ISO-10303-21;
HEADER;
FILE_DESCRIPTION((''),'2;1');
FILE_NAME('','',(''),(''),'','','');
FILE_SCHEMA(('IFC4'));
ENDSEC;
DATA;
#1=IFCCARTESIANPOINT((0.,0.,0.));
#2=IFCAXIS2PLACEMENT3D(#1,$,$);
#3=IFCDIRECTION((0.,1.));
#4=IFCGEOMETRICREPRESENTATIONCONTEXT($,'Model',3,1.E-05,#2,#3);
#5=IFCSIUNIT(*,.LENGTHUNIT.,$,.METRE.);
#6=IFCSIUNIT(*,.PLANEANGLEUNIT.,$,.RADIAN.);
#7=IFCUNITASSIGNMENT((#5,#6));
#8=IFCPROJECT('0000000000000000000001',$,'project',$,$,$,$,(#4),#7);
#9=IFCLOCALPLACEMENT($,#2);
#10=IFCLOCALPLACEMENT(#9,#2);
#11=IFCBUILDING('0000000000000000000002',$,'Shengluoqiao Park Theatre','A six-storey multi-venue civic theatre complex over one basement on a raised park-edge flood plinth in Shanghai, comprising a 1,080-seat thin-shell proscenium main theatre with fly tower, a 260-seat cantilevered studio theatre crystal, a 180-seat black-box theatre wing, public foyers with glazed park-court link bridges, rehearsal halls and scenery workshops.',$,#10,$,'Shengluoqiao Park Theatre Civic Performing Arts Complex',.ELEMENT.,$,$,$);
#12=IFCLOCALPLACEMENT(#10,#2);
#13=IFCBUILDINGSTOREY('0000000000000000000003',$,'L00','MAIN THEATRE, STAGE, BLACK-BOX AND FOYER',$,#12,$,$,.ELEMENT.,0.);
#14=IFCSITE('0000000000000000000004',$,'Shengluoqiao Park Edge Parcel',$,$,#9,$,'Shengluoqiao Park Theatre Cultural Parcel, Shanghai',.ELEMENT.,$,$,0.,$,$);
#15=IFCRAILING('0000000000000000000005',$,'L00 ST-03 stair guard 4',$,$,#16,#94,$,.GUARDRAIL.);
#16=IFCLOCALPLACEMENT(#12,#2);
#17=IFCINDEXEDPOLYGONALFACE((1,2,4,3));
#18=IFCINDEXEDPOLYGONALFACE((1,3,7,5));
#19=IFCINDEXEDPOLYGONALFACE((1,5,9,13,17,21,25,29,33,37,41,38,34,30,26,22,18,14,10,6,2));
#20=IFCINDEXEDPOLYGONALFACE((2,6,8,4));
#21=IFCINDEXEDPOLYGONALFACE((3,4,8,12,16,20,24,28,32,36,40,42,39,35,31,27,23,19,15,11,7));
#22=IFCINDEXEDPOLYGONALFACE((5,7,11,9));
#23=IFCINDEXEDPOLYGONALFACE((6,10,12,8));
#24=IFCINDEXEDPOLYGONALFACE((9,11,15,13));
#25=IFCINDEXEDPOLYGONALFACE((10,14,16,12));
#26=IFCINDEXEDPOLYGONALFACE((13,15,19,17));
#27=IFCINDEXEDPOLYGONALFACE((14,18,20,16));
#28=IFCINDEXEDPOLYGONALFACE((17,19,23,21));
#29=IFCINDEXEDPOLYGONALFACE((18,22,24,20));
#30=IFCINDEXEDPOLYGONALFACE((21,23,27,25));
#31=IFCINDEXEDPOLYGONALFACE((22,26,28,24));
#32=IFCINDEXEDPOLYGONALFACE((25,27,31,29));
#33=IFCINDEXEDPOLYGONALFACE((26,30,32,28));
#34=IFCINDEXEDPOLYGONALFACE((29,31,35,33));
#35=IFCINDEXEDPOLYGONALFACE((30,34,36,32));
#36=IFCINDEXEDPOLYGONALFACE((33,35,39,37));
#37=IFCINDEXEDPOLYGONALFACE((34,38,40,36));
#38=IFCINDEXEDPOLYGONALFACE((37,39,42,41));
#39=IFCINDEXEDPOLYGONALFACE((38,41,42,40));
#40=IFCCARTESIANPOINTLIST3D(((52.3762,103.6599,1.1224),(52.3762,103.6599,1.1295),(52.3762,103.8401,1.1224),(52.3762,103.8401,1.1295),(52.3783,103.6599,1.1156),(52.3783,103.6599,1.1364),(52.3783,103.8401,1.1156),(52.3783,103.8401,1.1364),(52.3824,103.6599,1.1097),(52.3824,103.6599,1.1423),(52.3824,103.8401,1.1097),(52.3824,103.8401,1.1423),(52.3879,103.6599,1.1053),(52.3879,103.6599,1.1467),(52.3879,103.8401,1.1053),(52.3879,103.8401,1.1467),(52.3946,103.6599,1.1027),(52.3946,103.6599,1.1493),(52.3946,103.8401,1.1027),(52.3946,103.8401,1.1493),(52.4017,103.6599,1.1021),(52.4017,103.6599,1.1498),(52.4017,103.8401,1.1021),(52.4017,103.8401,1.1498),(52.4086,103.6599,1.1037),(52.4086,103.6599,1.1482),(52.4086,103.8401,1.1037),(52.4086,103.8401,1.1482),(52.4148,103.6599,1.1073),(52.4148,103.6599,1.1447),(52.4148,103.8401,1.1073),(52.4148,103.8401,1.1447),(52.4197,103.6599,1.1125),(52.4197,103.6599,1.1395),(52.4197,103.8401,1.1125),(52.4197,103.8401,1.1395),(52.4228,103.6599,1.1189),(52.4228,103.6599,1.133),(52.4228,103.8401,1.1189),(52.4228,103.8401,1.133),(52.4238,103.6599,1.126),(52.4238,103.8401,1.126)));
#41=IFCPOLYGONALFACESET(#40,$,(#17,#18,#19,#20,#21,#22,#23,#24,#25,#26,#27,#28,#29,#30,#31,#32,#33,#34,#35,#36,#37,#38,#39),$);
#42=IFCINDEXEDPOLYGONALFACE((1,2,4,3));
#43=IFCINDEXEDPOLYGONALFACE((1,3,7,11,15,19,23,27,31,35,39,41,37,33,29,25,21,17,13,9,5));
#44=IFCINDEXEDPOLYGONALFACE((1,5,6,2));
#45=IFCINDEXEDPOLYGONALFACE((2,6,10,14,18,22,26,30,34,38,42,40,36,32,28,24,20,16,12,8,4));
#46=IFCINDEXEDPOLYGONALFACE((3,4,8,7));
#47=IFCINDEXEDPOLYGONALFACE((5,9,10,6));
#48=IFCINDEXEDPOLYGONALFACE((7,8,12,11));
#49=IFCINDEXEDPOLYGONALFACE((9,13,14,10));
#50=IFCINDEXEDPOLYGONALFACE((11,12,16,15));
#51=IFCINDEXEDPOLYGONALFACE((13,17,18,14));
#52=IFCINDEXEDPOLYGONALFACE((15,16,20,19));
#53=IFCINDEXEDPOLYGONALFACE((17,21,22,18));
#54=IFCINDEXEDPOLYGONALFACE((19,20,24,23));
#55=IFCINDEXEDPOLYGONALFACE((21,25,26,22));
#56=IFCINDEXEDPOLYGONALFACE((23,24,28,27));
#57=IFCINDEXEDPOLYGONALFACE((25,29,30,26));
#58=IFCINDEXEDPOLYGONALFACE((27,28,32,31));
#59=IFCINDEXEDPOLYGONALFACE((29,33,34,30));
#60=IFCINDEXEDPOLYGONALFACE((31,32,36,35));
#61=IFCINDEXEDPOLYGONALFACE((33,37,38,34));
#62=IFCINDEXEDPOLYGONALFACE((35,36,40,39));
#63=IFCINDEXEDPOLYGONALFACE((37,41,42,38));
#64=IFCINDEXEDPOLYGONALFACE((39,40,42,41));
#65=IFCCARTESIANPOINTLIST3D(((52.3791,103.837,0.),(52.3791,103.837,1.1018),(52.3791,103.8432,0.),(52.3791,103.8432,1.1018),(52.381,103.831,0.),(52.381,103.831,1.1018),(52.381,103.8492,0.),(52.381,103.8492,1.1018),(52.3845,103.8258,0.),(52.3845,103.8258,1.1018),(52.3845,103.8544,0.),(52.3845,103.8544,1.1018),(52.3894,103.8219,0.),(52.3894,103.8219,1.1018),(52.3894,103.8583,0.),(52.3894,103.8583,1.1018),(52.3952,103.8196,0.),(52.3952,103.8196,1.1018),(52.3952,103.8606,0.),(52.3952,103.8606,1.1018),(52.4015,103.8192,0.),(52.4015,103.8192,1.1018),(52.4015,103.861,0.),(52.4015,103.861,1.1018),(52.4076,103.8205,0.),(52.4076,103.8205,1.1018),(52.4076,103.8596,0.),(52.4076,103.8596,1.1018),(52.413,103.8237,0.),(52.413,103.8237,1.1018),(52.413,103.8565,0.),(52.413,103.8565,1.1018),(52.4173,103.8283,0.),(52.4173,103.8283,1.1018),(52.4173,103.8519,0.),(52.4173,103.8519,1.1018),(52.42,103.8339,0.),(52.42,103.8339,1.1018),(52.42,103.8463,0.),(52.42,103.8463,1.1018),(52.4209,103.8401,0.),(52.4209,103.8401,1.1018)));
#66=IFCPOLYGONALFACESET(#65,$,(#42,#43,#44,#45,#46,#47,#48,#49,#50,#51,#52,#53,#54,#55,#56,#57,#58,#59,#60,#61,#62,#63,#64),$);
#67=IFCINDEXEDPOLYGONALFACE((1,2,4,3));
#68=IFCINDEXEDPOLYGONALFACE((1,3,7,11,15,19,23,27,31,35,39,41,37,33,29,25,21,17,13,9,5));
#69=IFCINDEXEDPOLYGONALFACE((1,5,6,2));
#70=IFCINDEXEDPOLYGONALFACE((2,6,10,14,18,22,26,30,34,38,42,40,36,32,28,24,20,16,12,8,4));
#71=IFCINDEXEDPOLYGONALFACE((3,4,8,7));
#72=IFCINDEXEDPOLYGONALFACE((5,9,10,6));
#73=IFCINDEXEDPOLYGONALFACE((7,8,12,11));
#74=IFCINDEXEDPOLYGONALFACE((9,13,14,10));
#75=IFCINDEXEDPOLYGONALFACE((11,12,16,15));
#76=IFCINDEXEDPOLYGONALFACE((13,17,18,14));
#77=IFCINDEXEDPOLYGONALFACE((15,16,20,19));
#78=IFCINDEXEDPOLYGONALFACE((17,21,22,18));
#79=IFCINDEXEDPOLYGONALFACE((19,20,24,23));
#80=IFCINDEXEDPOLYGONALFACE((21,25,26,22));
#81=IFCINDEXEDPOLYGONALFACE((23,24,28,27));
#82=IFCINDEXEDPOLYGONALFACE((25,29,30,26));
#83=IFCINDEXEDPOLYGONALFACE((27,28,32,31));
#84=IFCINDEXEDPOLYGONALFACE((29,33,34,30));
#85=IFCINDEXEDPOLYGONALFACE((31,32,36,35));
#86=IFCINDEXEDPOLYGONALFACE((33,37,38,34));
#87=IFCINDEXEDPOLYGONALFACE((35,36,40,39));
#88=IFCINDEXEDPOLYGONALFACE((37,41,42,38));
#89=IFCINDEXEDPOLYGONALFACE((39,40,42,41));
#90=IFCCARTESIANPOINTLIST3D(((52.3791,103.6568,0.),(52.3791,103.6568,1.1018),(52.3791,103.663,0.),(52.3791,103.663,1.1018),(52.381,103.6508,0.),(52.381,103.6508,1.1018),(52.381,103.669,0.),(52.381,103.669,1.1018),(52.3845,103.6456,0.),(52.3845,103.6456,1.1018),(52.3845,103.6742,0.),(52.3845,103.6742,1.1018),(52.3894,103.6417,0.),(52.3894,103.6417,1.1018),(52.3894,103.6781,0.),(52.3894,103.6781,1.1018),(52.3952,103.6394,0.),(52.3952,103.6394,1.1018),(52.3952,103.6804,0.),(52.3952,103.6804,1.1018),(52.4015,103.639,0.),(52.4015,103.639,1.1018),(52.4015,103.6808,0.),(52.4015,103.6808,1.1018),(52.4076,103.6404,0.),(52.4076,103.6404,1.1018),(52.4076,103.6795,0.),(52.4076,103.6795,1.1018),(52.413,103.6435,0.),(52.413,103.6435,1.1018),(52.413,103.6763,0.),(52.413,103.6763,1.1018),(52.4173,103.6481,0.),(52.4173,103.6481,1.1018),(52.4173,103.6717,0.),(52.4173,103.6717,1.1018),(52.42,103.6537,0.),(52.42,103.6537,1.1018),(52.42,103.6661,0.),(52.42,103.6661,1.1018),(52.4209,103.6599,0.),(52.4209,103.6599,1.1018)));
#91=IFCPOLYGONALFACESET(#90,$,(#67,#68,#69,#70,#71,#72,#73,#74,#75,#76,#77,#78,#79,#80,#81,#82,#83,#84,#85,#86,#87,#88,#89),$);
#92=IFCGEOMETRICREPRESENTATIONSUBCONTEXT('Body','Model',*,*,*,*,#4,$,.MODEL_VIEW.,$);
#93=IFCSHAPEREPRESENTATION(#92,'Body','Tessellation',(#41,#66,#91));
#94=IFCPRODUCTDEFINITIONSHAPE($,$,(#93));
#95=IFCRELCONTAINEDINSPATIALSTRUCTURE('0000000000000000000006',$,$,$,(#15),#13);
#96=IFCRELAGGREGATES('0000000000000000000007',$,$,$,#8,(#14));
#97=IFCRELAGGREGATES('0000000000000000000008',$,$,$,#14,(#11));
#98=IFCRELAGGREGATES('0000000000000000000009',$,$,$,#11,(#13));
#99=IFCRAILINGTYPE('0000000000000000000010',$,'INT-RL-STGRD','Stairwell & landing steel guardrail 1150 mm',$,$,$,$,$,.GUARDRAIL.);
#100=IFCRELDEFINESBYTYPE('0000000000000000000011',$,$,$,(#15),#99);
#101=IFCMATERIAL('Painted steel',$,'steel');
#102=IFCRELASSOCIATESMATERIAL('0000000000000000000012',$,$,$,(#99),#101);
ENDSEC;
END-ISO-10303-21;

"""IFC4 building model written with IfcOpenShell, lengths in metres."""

from ifc_helpers import new_model, si_unit, direction, frame, origin, origin_2d, place, context, subcontext, project, spatial, circle, extrude, material, type_object, element, save


model = new_model("IFC4")

# Units and contexts
model_context = context("Model", 3, precision=1e-05, world=origin(), true_north=direction((0.0, 1.0)))
body_context = subcontext(model_context, "Body", "Model", "MODEL_VIEW")
ifc_project = project(units=[si_unit("LENGTHUNIT", "METRE"), si_unit("PLANEANGLEUNIT", "RADIAN")], contexts=[model_context])

# Site, building, storey
site_placement = place(None, origin())
site = spatial("IfcSite", under=ifc_project, at=site_placement, Name="Shengluoqiao Park Edge Parcel", LongName="Shengluoqiao Park Theatre Cultural Parcel, Shanghai", CompositionType="ELEMENT", RefElevation=0.0)
building_placement = place(site_placement, origin())
building = spatial("IfcBuilding", under=site, at=building_placement, Name="Shengluoqiao Park Theatre", Description="A six-storey multi-venue civic theatre complex over one basement on a raised park-edge flood plinth in Shanghai, comprising a 1,080-seat thin-shell proscenium main theatre with fly tower, a 260-seat cantilevered studio theatre crystal, a 180-seat black-box theatre wing, public foyers with glazed park-court link bridges, rehearsal halls and scenery workshops.", LongName="Shengluoqiao Park Theatre Civic Performing Arts Complex", CompositionType="ELEMENT")
storey_placement = place(building_placement, origin())
storey = spatial("IfcBuildingStorey", under=building, at=storey_placement, Name="L00", Description="MAIN THEATRE, STAGE, BLACK-BOX AND FOYER", CompositionType="ELEMENT", Elevation=0.0)

# Railing
ifc_material_1 = material(Name="Painted steel", Category="steel")
railing_type_1 = type_object("IfcRailingType", Name="INT-RL-STGRD", Description="Stairwell & landing steel guardrail 1150 mm", PredefinedType="GUARDRAIL", material=ifc_material_1)
railing_1_placement = place(storey_placement, frame((52.3999, 103.8401, 0.0)))
element("IfcRailing", 1, at=railing_1_placement, inside=storey, type_object=railing_type_1, Name="L00 ST-03 stair guard 4", PredefinedType="GUARDRAIL", context=body_context, shape_type="SweptSolid", body=[
    extrude(circle(Radius=0.0239, at=origin_2d()), frame((0.0, 0.0, 1.126), z_axis=(0.0, -1.0, 0.0), x_axis=(1.0, 0.0, 0.0)), (0.0, 0.0, 1.0), 0.1802),
    extrude(circle(Radius=0.021, at=origin_2d()), origin(), (0.0, 0.0, 1.0), 1.1018),
    extrude(circle(Radius=0.021, at=origin_2d()), frame((0.0, -0.1802, 0.0)), (0.0, 0.0, 1.0), 1.1018),
])

save(model, "model.ifc")
